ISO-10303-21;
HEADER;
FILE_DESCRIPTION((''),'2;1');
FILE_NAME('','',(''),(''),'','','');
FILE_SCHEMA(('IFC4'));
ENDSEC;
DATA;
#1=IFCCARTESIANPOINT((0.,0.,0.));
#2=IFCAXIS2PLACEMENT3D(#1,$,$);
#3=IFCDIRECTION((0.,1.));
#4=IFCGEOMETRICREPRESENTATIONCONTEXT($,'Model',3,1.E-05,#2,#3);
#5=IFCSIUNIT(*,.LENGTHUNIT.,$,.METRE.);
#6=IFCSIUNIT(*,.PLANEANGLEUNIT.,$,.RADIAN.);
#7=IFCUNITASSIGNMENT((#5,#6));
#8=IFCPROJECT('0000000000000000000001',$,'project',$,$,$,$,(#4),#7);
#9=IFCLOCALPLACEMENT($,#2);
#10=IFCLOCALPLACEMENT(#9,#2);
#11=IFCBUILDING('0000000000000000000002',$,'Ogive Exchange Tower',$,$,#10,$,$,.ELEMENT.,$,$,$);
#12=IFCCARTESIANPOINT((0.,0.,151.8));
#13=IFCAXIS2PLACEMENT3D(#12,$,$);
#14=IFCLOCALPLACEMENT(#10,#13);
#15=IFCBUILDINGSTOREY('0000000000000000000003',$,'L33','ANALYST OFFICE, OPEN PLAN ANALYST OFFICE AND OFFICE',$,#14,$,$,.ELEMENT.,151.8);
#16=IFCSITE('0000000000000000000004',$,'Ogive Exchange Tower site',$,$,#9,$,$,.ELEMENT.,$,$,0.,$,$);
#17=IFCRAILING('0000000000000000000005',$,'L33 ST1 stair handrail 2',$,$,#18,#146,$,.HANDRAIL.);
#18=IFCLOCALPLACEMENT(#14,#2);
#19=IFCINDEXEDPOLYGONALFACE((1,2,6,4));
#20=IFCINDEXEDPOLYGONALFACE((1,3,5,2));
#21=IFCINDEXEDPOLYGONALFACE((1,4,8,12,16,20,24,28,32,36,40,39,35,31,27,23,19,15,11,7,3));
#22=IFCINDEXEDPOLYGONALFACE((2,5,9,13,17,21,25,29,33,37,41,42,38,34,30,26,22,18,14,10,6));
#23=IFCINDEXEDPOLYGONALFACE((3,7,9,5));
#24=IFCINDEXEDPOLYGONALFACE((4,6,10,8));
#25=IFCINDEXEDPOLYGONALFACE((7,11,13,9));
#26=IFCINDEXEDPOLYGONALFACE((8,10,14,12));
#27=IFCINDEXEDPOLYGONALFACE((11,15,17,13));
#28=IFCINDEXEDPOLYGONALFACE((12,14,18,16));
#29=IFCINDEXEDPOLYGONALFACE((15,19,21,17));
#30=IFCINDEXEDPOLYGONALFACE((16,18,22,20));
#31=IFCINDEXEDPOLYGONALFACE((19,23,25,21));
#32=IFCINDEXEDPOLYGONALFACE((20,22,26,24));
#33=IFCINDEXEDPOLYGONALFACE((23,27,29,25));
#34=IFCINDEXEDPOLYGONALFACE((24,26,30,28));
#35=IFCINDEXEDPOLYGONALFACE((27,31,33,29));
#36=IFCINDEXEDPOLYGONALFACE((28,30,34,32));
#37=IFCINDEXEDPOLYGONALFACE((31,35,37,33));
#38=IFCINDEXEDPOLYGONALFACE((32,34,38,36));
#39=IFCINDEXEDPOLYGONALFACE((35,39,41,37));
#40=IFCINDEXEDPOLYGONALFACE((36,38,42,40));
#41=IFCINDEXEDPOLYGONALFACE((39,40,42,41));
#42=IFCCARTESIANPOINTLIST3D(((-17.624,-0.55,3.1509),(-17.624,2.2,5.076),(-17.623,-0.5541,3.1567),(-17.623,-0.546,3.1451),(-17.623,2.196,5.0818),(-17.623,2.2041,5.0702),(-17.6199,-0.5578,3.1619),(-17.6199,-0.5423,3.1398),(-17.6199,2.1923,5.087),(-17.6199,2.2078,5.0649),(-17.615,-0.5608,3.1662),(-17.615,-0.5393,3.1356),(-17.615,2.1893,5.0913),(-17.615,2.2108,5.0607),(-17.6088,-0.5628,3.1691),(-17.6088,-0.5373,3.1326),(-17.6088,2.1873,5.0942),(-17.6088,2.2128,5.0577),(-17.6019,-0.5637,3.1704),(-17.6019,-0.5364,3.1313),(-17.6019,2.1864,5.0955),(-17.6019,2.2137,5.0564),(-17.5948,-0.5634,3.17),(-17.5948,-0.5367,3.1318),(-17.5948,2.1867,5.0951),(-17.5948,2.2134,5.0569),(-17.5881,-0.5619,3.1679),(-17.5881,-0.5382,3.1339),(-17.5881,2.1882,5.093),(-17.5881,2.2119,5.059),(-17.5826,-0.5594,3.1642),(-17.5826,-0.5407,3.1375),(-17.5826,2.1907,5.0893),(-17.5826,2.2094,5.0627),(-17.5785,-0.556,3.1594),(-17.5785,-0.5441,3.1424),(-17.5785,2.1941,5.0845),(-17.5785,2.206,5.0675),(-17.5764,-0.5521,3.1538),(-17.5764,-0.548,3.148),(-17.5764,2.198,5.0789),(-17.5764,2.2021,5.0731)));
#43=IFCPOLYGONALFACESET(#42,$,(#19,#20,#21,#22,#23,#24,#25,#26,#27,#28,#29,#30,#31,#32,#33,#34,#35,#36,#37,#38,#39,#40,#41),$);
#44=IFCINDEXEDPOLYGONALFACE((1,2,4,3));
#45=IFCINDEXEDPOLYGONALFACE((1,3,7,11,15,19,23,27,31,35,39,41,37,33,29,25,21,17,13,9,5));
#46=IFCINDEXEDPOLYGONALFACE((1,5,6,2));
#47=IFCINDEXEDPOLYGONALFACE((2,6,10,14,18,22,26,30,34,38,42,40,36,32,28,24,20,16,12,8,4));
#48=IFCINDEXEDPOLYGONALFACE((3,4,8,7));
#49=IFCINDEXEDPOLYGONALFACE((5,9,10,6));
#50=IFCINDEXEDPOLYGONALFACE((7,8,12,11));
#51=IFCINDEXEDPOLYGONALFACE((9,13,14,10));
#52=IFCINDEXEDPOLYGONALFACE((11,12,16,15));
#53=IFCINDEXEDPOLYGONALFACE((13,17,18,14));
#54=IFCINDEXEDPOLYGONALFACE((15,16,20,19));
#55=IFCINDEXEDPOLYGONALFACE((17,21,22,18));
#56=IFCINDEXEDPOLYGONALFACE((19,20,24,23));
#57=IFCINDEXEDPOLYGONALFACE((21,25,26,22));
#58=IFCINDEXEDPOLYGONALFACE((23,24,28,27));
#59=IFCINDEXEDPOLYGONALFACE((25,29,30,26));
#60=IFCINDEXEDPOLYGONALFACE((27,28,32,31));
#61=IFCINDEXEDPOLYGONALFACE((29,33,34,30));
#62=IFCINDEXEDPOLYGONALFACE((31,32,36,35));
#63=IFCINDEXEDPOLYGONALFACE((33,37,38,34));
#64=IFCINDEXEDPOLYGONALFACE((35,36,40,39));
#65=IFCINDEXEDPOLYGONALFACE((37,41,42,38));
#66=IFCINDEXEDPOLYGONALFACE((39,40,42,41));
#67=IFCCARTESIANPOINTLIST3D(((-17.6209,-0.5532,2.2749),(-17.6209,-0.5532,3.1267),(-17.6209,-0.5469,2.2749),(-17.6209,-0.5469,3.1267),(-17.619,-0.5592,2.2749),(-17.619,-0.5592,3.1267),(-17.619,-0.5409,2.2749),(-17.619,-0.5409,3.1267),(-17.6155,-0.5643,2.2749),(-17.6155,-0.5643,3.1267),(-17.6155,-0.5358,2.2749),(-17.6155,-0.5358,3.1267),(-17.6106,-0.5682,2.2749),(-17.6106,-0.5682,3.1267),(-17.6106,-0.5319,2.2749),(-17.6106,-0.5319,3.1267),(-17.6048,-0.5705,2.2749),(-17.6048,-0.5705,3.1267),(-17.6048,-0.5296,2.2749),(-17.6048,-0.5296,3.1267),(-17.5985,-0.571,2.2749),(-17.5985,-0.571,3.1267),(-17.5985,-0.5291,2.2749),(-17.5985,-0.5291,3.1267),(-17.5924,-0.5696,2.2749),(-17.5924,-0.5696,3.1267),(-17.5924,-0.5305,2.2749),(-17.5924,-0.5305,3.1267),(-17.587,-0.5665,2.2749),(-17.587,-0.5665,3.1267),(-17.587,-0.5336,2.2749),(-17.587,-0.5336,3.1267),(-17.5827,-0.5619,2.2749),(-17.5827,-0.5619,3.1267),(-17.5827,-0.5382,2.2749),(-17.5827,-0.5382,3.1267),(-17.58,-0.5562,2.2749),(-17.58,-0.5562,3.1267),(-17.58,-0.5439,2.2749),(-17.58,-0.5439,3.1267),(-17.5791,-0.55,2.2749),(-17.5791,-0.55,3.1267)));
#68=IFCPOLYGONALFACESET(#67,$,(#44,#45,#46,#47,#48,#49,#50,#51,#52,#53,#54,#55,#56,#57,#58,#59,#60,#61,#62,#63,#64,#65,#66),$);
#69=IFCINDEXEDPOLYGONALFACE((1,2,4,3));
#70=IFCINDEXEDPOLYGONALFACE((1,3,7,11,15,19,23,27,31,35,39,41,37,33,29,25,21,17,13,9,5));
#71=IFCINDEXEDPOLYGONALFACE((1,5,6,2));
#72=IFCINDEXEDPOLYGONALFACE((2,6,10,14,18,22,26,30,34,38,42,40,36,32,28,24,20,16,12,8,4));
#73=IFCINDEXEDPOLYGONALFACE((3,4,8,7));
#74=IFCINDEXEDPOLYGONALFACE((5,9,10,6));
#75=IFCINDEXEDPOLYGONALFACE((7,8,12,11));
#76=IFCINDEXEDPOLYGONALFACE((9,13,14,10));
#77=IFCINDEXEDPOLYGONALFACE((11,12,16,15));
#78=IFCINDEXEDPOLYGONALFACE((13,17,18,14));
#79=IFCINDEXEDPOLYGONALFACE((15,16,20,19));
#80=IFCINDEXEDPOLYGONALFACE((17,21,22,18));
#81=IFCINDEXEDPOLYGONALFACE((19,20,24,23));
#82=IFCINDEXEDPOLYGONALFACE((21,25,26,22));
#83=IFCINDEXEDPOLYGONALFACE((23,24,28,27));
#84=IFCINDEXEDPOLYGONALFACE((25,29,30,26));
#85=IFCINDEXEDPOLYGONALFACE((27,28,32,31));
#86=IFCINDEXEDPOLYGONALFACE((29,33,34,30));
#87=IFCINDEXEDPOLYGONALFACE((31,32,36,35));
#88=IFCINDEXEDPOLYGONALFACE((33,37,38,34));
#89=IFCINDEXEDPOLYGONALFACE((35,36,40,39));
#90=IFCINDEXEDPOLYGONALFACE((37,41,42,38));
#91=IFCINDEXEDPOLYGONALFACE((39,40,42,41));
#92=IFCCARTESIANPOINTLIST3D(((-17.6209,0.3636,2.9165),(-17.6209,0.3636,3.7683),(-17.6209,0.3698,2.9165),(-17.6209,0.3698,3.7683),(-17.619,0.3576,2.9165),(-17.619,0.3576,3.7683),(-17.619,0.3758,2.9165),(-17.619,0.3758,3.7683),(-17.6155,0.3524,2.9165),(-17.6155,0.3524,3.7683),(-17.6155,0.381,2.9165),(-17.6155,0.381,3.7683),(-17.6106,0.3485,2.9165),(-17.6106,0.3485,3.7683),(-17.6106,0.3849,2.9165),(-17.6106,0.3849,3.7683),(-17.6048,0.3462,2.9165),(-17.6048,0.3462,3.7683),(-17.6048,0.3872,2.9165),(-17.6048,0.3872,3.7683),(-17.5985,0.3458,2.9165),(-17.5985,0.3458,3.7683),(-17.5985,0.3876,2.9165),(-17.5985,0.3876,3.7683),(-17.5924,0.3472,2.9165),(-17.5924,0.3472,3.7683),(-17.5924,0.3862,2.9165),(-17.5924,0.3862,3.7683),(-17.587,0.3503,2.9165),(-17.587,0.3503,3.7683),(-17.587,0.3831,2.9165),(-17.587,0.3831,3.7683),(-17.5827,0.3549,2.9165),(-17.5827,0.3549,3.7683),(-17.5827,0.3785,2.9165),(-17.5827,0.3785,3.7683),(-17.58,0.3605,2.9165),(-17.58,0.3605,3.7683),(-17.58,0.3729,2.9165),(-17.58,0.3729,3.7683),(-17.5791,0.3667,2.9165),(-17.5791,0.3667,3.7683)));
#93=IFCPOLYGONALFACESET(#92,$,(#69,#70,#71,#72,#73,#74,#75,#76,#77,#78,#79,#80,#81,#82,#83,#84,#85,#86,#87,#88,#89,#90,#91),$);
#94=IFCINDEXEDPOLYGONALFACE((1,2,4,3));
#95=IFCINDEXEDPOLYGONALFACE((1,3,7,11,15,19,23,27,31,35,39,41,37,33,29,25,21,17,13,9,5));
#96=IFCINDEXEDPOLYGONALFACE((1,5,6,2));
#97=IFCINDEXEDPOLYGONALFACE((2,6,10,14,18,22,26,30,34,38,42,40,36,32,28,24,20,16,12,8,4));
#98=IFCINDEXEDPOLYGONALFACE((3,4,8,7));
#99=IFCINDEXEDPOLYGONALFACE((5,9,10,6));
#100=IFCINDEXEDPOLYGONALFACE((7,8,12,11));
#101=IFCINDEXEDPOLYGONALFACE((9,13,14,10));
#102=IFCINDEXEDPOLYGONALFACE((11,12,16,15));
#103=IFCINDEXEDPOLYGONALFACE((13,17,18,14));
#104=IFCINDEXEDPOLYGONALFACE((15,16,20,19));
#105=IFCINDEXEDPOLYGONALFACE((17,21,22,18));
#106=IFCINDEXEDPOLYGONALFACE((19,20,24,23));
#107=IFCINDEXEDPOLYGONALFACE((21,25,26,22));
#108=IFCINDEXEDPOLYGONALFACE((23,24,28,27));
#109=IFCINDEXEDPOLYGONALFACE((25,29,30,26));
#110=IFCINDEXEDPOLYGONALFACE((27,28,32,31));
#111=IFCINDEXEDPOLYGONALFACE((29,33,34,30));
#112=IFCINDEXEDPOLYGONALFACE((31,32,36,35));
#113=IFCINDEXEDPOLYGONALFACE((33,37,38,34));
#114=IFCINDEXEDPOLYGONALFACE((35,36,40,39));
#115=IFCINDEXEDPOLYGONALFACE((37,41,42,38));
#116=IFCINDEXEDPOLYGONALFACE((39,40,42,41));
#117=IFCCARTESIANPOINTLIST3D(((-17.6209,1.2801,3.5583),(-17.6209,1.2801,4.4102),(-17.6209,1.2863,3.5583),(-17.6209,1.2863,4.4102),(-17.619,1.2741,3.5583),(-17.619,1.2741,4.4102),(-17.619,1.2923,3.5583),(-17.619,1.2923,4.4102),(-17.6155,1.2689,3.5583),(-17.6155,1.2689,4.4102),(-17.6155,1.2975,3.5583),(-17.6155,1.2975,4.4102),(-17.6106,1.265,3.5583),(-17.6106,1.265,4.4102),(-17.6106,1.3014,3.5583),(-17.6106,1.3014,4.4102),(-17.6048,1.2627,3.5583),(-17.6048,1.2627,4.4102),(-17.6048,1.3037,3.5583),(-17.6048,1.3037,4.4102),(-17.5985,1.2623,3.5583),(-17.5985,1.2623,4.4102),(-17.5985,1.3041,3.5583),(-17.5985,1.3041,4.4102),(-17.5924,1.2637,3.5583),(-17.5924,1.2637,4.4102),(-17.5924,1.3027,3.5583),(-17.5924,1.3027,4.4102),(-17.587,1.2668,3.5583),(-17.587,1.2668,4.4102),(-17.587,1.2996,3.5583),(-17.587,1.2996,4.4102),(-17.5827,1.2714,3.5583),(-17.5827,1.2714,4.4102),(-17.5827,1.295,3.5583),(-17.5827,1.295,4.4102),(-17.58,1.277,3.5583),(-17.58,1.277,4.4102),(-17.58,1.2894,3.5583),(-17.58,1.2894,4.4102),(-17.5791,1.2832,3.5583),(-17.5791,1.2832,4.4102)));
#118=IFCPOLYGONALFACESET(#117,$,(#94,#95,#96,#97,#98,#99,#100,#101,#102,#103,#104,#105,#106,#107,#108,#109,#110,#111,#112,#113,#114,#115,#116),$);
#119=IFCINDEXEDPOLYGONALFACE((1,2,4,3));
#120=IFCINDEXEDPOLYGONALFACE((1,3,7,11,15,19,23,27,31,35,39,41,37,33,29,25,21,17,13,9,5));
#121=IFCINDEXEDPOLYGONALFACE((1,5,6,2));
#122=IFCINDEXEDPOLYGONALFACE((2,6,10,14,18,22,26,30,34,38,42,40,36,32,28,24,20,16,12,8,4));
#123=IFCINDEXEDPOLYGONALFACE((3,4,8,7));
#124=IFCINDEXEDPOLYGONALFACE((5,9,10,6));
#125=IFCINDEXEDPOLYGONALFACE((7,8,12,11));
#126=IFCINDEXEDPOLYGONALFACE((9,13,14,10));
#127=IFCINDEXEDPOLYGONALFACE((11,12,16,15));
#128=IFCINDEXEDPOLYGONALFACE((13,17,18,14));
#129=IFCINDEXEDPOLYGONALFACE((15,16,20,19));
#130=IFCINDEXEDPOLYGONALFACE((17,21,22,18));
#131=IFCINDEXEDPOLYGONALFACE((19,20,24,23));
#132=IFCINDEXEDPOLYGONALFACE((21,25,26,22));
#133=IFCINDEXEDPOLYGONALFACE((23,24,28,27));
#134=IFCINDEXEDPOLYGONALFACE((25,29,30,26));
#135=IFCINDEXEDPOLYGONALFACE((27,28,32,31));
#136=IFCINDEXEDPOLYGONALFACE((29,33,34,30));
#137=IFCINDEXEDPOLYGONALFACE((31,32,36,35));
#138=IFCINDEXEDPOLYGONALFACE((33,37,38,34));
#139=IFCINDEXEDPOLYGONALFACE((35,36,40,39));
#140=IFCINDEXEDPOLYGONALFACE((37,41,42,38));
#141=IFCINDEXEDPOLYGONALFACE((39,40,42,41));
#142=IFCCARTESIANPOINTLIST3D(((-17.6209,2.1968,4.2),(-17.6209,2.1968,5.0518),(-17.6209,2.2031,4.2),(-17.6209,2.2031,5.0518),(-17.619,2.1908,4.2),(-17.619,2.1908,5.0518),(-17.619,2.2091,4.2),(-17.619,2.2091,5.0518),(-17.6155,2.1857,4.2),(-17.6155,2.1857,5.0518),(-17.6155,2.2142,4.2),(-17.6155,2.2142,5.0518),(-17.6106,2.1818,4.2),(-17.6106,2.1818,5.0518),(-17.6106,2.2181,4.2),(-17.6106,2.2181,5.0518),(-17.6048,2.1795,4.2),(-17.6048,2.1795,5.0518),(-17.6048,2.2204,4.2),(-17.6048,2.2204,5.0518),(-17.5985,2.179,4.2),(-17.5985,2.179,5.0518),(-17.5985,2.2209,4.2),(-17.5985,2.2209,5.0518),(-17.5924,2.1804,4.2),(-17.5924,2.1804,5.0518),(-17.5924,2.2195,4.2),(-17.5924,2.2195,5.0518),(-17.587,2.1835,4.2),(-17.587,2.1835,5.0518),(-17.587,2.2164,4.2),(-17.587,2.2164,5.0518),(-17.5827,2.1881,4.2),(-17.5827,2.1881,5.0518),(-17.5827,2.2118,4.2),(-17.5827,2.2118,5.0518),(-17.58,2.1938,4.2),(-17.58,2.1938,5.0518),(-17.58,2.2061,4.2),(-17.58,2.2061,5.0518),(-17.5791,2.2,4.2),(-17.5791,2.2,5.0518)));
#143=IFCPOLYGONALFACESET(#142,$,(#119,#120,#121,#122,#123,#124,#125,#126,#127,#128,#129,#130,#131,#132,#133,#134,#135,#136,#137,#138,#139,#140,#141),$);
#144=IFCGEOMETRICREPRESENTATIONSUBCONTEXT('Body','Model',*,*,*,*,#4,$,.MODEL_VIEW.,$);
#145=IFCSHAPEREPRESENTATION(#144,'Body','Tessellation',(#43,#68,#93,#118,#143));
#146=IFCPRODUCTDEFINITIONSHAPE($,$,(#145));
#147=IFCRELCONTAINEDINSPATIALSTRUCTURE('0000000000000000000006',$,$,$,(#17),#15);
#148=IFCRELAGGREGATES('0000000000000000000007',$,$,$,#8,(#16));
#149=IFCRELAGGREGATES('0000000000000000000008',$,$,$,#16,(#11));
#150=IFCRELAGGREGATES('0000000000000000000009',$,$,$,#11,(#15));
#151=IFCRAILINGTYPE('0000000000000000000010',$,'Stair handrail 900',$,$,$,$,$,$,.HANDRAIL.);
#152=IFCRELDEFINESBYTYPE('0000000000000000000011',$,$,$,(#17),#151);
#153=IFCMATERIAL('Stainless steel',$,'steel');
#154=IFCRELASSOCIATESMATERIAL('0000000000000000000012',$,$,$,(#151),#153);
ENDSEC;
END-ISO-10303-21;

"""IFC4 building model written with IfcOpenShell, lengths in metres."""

from ifc_helpers import new_model, si_unit, direction, frame, origin, origin_2d, place, context, subcontext, project, spatial, circle, extrude, material, type_object, element, save


model = new_model("IFC4")

# Units and contexts
model_context = context("Model", 3, precision=1e-05, world=origin(), true_north=direction((0.0, 1.0)))
body_context = subcontext(model_context, "Body", "Model", "MODEL_VIEW")
ifc_project = project(units=[si_unit("LENGTHUNIT", "METRE"), si_unit("PLANEANGLEUNIT", "RADIAN")], contexts=[model_context])

# Site, building, storey
site_placement = place(None, origin())
site = spatial("IfcSite", under=ifc_project, at=site_placement, Name="Ogive Exchange Tower site", CompositionType="ELEMENT", RefElevation=0.0)
building_placement = place(site_placement, origin())
building = spatial("IfcBuilding", under=site, at=building_placement, Name="Ogive Exchange Tower", CompositionType="ELEMENT")
storey_placement = place(building_placement, frame((0.0, 0.0, 151.8)))
storey = spatial("IfcBuildingStorey", under=building, at=storey_placement, Name="L33", Description="ANALYST OFFICE, OPEN PLAN ANALYST OFFICE AND OFFICE", CompositionType="ELEMENT", Elevation=151.8)

# Shared definitions
ifc_material_1 = material(Name="Stainless steel", Category="steel")

# Railing
railing_type = type_object("IfcRailingType", Name="Stair handrail 900", PredefinedType="HANDRAIL", material=ifc_material_1)
railing_placement = place(storey_placement, frame((-17.6001, -0.55, 2.2749)))
element("IfcRailing", 1, at=railing_placement, inside=storey, type_object=railing_type, Name="L33 ST1 stair handrail 2", PredefinedType="HANDRAIL", context=body_context, shape_type="SweptSolid", body=[
    extrude(circle(Radius=0.0239, at=origin_2d()), frame((0.0, 0.0, 0.876), z_axis=(0.0, 0.819225, 0.573472), x_axis=(-1.0, 0.0, 0.0)), (0.0, 0.0, 1.0), 3.3569),
    extrude(circle(Radius=0.021, at=origin_2d()), origin(), (0.0, 0.0, 1.0), 0.8518),
    extrude(circle(Radius=0.021, at=origin_2d()), frame((0.0, 0.9167, 0.6416)), (0.0, 0.0, 1.0), 0.8518),
    extrude(circle(Radius=0.021, at=origin_2d()), frame((0.0, 1.8333, 1.2834)), (0.0, 0.0, 1.0), 0.8518),
    extrude(circle(Radius=0.021, at=origin_2d()), frame((0.0, 2.75, 1.925)), (0.0, 0.0, 1.0), 0.8518),
])

save(model, "model.ifc")
